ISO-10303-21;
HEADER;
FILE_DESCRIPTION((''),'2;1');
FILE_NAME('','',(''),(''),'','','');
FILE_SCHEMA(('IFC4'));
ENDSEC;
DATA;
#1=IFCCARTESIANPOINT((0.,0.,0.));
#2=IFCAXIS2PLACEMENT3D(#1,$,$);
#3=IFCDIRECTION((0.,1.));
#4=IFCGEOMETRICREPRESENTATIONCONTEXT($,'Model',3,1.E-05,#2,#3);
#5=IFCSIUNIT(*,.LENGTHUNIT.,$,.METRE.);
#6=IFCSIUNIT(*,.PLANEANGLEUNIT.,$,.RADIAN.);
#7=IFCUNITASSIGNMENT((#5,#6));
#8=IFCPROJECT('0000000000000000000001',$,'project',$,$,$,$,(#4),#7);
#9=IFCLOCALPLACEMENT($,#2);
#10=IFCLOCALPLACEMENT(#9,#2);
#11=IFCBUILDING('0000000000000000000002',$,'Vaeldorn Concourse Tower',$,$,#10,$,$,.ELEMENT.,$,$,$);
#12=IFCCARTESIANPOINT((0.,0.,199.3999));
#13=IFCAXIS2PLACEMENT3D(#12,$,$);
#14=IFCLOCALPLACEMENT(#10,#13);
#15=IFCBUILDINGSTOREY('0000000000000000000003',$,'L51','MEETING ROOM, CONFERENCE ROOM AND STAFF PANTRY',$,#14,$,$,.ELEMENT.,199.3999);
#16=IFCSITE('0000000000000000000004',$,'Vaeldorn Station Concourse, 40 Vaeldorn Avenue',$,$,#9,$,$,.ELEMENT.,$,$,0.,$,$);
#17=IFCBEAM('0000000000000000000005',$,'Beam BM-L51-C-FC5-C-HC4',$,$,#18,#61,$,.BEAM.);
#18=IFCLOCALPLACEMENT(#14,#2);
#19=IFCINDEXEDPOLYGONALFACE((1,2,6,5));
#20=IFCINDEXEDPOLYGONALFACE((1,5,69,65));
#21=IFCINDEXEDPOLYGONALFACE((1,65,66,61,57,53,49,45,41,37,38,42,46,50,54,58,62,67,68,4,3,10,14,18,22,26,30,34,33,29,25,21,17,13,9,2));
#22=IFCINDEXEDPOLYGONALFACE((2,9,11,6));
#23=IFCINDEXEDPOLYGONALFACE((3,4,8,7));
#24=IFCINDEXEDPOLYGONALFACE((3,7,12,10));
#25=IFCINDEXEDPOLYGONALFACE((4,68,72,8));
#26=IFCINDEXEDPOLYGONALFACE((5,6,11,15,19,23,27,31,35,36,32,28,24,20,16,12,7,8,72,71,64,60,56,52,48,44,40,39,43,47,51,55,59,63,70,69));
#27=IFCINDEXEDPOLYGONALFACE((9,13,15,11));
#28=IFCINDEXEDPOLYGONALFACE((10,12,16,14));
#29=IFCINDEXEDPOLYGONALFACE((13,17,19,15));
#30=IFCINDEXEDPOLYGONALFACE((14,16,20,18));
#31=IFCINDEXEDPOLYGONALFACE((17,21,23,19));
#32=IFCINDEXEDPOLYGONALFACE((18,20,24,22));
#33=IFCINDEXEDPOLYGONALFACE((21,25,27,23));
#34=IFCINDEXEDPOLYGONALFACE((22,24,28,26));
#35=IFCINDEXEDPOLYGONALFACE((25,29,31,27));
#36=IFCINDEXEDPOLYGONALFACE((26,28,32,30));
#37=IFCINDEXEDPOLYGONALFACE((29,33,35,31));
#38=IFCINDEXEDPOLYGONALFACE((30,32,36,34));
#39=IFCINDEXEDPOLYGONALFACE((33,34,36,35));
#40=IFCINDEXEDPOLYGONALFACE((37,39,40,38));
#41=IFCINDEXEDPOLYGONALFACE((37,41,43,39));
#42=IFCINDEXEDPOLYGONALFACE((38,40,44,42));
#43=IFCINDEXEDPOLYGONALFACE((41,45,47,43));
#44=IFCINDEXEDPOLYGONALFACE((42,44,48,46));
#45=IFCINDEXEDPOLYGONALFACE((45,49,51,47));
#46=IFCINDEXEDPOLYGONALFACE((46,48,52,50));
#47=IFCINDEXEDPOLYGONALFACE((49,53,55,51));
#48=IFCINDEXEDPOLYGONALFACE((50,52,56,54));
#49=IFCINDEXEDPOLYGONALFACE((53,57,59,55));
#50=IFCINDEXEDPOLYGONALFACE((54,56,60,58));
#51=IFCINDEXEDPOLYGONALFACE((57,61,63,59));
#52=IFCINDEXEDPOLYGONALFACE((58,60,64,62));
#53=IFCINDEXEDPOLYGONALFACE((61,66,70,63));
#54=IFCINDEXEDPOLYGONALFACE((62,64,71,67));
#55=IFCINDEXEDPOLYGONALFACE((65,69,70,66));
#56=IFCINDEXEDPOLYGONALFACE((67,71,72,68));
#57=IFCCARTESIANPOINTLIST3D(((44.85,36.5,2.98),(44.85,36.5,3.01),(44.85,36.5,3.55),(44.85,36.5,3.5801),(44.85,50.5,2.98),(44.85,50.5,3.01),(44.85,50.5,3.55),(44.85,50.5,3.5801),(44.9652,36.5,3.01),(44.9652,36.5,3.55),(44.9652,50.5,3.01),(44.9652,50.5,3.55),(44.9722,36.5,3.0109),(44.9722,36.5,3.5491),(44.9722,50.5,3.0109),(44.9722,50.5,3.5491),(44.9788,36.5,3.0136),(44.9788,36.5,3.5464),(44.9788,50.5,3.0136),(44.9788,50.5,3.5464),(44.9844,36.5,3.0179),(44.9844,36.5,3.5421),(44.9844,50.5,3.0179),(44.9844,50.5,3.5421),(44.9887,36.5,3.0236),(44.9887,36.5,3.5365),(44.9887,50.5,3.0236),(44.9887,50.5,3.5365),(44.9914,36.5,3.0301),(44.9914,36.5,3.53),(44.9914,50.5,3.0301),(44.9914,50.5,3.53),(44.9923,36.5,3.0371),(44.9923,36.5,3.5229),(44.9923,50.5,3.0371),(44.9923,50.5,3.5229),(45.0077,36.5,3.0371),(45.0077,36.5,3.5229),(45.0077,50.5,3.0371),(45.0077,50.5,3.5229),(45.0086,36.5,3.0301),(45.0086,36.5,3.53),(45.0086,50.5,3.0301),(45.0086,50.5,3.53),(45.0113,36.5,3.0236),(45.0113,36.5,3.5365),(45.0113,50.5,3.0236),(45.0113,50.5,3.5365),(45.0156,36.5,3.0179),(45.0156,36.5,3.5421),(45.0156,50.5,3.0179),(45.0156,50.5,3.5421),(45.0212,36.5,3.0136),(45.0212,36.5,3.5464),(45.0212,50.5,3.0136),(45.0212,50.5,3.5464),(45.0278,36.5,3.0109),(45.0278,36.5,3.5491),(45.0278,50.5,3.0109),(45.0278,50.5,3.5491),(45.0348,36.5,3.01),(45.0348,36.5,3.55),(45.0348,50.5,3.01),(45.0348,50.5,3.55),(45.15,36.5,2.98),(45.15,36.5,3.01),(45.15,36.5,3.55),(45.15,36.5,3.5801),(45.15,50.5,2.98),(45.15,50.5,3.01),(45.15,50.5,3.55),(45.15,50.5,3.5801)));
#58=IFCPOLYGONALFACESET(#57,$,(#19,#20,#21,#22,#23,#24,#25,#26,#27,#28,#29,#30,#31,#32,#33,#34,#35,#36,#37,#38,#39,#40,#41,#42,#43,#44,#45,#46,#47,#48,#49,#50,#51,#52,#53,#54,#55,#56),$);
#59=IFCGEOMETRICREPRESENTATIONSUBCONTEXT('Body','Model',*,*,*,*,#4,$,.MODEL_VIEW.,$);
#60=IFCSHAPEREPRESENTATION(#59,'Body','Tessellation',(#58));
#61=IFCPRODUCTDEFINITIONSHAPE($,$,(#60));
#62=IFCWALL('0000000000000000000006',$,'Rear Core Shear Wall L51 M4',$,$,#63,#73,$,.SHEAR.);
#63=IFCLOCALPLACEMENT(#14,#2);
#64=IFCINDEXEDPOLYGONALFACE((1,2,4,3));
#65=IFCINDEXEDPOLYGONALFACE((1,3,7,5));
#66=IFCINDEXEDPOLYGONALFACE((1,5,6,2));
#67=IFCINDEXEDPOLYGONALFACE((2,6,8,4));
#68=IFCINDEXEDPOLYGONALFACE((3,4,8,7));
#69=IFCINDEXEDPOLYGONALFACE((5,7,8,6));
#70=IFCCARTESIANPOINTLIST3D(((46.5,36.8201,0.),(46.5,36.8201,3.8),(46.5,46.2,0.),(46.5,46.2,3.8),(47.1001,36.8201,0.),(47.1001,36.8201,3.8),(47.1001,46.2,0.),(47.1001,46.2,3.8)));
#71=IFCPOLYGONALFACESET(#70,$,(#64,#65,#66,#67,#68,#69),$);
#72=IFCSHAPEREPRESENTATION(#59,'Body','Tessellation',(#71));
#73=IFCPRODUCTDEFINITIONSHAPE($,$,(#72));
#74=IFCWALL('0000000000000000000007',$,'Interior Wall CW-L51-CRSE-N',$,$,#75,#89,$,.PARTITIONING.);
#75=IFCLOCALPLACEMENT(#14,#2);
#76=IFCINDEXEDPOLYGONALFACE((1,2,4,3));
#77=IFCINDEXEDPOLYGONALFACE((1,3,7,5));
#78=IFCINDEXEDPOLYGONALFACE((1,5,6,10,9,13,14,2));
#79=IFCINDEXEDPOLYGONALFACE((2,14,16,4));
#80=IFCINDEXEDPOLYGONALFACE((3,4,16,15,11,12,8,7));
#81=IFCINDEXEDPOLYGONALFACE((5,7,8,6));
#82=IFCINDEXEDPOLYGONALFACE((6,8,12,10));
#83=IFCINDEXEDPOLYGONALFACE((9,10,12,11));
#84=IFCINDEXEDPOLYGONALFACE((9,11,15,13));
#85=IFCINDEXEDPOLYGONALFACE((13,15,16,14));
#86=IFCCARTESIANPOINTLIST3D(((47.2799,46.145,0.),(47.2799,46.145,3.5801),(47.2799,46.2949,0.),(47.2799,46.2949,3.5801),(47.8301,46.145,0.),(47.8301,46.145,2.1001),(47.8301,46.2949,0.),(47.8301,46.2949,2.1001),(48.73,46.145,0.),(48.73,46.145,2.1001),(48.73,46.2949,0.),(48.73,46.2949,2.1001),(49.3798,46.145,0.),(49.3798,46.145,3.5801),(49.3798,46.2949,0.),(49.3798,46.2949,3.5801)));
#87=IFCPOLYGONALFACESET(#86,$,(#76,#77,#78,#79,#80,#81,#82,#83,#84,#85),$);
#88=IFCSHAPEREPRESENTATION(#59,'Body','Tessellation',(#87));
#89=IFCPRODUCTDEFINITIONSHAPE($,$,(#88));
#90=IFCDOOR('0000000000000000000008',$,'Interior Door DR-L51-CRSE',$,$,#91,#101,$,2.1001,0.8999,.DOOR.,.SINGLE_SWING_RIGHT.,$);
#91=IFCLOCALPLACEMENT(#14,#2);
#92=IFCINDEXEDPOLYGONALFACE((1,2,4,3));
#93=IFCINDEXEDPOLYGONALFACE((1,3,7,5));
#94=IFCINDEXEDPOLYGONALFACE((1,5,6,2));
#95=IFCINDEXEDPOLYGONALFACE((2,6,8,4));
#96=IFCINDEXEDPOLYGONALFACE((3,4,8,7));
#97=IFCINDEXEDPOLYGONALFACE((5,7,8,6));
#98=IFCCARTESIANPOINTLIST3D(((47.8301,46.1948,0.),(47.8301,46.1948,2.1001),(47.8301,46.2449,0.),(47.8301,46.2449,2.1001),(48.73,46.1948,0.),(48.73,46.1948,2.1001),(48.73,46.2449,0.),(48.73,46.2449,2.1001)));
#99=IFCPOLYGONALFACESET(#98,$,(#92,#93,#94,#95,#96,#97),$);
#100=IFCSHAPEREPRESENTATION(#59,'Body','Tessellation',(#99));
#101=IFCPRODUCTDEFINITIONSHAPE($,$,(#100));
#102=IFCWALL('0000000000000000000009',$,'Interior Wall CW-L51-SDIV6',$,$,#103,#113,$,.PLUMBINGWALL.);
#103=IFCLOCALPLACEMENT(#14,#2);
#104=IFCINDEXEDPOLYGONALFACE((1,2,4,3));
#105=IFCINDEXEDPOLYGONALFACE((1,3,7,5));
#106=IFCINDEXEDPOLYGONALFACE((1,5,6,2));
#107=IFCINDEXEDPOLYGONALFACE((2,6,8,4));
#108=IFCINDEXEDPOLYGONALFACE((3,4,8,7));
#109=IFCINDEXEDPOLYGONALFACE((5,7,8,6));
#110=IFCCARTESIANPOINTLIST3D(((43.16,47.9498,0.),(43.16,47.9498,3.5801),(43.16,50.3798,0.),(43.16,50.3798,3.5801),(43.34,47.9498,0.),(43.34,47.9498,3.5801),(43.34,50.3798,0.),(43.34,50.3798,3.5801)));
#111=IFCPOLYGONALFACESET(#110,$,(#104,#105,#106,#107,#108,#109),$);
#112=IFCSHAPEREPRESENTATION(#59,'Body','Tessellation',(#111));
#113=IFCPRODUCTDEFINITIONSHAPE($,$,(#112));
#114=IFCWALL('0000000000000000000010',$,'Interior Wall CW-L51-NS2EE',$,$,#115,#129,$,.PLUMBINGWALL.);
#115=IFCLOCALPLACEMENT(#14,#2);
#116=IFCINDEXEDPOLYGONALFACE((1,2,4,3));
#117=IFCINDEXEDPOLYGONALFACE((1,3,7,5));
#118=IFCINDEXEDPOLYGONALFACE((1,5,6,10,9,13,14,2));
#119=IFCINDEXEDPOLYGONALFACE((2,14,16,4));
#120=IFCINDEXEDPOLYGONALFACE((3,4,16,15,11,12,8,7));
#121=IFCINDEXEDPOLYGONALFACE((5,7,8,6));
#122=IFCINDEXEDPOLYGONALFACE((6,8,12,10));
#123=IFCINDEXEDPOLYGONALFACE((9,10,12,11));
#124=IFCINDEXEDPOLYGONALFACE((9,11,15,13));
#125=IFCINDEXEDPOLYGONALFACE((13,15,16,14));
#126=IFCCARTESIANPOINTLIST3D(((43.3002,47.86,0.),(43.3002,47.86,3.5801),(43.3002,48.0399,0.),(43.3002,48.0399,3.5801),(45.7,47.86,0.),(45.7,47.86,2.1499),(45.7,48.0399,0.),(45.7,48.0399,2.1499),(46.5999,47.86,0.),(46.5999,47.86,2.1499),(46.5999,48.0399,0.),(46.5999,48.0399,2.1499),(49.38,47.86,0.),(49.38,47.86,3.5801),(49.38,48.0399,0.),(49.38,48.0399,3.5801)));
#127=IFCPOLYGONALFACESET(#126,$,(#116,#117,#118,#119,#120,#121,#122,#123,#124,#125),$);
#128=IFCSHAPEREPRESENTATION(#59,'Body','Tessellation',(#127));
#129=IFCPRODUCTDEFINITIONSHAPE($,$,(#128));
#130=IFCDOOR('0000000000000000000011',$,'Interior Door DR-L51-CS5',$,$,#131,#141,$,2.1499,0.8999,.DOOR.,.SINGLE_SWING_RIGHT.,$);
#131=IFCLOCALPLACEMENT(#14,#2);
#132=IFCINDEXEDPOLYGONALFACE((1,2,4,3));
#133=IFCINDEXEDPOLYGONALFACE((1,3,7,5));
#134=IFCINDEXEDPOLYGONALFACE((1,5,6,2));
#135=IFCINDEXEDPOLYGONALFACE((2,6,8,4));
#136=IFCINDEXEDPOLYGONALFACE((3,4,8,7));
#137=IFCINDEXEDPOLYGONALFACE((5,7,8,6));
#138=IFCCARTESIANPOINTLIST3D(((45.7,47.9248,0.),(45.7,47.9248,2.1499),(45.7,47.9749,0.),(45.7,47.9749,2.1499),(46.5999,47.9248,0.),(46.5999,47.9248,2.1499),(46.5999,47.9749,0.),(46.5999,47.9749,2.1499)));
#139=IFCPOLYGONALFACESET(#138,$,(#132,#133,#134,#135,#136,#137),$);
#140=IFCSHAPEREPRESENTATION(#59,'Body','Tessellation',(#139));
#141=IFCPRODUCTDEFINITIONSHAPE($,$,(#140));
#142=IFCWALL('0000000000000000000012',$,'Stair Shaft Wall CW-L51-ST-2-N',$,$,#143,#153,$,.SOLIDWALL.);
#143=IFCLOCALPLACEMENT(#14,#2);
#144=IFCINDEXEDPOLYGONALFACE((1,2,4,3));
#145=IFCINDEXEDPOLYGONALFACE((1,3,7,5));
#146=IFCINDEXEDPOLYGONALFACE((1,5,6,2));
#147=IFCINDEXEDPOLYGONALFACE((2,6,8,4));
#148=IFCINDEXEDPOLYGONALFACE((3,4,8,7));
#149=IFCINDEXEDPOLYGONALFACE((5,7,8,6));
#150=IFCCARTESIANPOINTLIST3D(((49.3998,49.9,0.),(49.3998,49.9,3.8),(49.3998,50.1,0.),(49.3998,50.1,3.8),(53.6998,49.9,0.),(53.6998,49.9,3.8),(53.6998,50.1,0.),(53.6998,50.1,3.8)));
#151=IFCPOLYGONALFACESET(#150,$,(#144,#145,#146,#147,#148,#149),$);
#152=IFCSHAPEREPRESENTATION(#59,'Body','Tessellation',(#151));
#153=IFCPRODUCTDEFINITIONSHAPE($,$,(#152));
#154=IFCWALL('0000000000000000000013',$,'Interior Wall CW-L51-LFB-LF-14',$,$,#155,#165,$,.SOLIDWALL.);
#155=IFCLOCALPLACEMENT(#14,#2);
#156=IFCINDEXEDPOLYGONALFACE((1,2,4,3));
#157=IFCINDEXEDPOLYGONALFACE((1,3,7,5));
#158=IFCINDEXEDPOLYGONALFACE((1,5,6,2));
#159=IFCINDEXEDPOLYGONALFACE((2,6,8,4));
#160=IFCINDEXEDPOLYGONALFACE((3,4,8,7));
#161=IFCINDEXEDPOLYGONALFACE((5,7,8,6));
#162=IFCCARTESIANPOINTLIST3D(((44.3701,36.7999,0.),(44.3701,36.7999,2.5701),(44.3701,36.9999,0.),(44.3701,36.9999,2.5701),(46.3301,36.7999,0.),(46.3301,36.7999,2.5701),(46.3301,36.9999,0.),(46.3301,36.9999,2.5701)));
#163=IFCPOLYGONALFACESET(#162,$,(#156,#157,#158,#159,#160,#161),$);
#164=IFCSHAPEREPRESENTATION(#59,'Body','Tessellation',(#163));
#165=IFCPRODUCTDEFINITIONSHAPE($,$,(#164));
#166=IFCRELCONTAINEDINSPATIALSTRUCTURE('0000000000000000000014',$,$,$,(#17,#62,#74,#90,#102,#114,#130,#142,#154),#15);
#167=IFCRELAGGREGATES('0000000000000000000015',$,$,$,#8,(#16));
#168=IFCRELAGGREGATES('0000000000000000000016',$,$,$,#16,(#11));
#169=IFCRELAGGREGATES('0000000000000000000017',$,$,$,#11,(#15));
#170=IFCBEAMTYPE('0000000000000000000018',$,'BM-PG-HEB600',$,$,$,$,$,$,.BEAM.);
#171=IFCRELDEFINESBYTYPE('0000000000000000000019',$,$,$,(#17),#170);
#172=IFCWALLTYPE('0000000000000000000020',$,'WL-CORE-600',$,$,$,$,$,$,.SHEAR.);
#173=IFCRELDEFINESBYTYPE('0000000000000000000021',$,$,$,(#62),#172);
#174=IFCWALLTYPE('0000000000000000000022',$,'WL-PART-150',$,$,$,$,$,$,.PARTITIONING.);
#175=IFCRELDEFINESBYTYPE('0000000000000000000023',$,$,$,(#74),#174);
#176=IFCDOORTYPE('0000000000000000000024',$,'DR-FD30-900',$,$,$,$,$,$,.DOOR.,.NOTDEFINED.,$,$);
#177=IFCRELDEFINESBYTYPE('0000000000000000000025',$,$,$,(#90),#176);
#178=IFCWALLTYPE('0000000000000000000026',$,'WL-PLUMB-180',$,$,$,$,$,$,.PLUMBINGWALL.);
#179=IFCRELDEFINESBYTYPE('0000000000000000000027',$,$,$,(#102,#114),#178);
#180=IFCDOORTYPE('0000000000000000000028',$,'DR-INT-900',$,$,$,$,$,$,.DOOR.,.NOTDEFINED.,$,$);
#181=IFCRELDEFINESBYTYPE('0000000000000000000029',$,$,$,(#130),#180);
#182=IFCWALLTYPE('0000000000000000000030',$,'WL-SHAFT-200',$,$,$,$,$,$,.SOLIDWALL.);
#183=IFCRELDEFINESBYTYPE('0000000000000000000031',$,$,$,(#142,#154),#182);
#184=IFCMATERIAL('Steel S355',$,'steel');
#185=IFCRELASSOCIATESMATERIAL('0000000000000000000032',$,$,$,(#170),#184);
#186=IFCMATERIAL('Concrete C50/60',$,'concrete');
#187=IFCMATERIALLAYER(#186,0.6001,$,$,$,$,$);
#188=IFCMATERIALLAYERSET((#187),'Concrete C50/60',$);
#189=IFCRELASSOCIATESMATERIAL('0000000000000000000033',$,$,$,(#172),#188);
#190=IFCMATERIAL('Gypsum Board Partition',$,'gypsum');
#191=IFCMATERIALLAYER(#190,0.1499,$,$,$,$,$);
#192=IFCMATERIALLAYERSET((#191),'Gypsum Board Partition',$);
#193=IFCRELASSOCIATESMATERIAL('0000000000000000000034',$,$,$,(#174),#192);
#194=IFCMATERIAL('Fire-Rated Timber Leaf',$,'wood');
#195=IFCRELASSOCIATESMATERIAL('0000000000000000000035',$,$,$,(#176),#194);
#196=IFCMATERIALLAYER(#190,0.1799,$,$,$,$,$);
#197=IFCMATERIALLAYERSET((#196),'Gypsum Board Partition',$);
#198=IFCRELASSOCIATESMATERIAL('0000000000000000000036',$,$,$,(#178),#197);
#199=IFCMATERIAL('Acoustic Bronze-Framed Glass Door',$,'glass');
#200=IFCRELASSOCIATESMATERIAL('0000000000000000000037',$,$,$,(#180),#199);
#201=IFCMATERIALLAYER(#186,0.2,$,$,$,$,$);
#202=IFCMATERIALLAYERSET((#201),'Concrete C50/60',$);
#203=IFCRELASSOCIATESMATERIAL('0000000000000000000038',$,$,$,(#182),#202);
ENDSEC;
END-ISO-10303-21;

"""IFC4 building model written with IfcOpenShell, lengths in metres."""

from ifc_helpers import new_model, si_unit, direction, frame, frame_2d, origin, origin_2d, place, context, subcontext, project, spatial, rectangle, i_section, extrude, source, transform, mapped, material, layer, layer_set, material_profile, profile_set, type_object, element, fill, save


model = new_model("IFC4")

# Units and contexts
model_context = context("Model", 3, precision=1e-05, world=origin(), true_north=direction((0.0, 1.0)))
body_context = subcontext(model_context, "Body", "Model", "MODEL_VIEW")
ifc_project = project(units=[si_unit("LENGTHUNIT", "METRE"), si_unit("PLANEANGLEUNIT", "RADIAN")], contexts=[model_context])

# Site, building, storey
site_placement = place(None, origin())
site = spatial("IfcSite", under=ifc_project, at=site_placement, Name="Vaeldorn Station Concourse, 40 Vaeldorn Avenue", CompositionType="ELEMENT", RefElevation=0.0)
building_placement = place(site_placement, origin())
building = spatial("IfcBuilding", under=site, at=building_placement, Name="Vaeldorn Concourse Tower", CompositionType="ELEMENT")
storey_placement = place(building_placement, frame((0.0, 0.0, 199.3999)))
storey = spatial("IfcBuildingStorey", under=building, at=storey_placement, Name="L51", Description="MEETING ROOM, CONFERENCE ROOM AND STAFF PANTRY", CompositionType="ELEMENT", Elevation=199.3999)

# Beam
ifc_material_1 = material(Name="Concrete C50/60", Category="concrete")
ifc_material_2 = material(Name="Steel S355", Category="steel")
ifc_material_profile_1 = material_profile(ifc_material_2, i_section(OverallWidth=0.3, OverallDepth=0.6001, WebThickness=0.0154, FlangeThickness=0.03, FilletRadius=0.0271, at=origin_2d()), Name="HEB 600")
ifc_profile_set_1 = profile_set([ifc_material_profile_1], Name="Steel S355")
beam_type_1 = type_object("IfcBeamType", Name="BM-PG-HEB600", PredefinedType="BEAM", material=ifc_profile_set_1)
shared_shape_1 = source(origin(), body_context, "Body", "SweptSolid", [
    extrude(i_section(OverallWidth=0.3, OverallDepth=0.6001, WebThickness=0.0154, FlangeThickness=0.03, FilletRadius=0.0271, at=origin_2d()), origin(), (0.0, 0.0, 1.0), 14.0),
])
beam_1_placement = place(storey_placement, frame((45.0, 36.5, 3.28), z_axis=(0.0, 1.0, 0.0), x_axis=(-1.0, 0.0, 0.0)))
element("IfcBeam", 1, at=beam_1_placement, inside=storey, type_object=beam_type_1, Name="Beam BM-L51-C-FC5-C-HC4", PredefinedType="BEAM", context=body_context, shape_type="MappedRepresentation", body=[
    mapped(shared_shape_1, transform((0.0, 0.0, 0.0), scale=1.0)),
])

# Wall
ifc_layer_1 = layer(ifc_material_1, 0.6001)
ifc_layer_set_1 = layer_set([ifc_layer_1], Name="Concrete C50/60")
wall_type_1 = type_object("IfcWallType", Name="WL-CORE-600", PredefinedType="SHEAR", material=ifc_layer_set_1)
wall_1_placement = place(storey_placement, frame((46.8, 36.8201, 0.0), z_axis=(0.0, 0.0, 1.0), x_axis=(0.0, 1.0, 0.0)))
element("IfcWall", 2, at=wall_1_placement, inside=storey, type_object=wall_type_1, Name="Rear Core Shear Wall L51 M4", PredefinedType="SHEAR", context=body_context, shape_type="SweptSolid", body=[
    extrude(rectangle(XDim=9.3799, YDim=0.6001, at=frame_2d((4.6899, 0.0))), origin(), (0.0, 0.0, 1.0), 3.8),
])

# Wall, opening, door
ifc_material_3 = material(Name="Gypsum Board Partition", Category="gypsum")
ifc_layer_2 = layer(ifc_material_3, 0.1499)
ifc_layer_set_2 = layer_set([ifc_layer_2], Name="Gypsum Board Partition")
wall_type_2 = type_object("IfcWallType", Name="WL-PART-150", PredefinedType="PARTITIONING", material=ifc_layer_set_2)
wall_2_placement = place(storey_placement, frame((47.28, 46.22, 0.0), z_axis=(0.0, 0.0, 1.0), x_axis=(1.0, 0.0, 0.0)))
wall_2 = element("IfcWall", 3, at=wall_2_placement, inside=storey, type_object=wall_type_2, Name="Interior Wall CW-L51-CRSE-N", PredefinedType="PARTITIONING", context=body_context, shape_type="SweptSolid", body=[
    extrude(rectangle(XDim=2.0999, YDim=0.1499, at=frame_2d((1.0498, 0.0))), origin(), (0.0, 0.0, 1.0), 3.5801),
])
opening_1_placement = place(wall_2_placement, frame((0.55, 0.0, 0.0)))
opening_1 = element("IfcOpeningElement", 4, at=opening_1_placement, cuts=wall_2, PredefinedType="OPENING", context=body_context, shape_type="SweptSolid", body=[
    extrude(rectangle(XDim=0.8999, YDim=2.1001, at=frame_2d((0.45, 1.05))), frame((0.0, 0.085, 0.0), z_axis=(0.0, -1.0, 0.0), x_axis=(1.0, 0.0, 0.0)), (0.0, 0.0, 1.0), 0.1699),
])
ifc_material_4 = material(Name="Fire-Rated Timber Leaf", Category="wood")
door_type_1 = type_object("IfcDoorType", Name="DR-FD30-900", OperationType="NOTDEFINED", PredefinedType="DOOR", material=ifc_material_4)
shared_shape_2 = source(origin(), body_context, "Body", "SweptSolid", [
    extrude(rectangle(XDim=0.8999, YDim=2.1001, at=frame_2d((0.45, 1.05))), frame((0.0, 0.0249, 0.0), z_axis=(0.0, -1.0, 0.0), x_axis=(1.0, 0.0, 0.0)), (0.0, 0.0, 1.0), 0.05),
])
door_1_placement = place(opening_1_placement, origin())
door_1 = element("IfcDoor", 5, at=door_1_placement, inside=storey, type_object=door_type_1, Name="Interior Door DR-L51-CRSE", OperationType="SINGLE_SWING_RIGHT", OverallHeight=2.1001, OverallWidth=0.8999, PredefinedType="DOOR", context=body_context, shape_type="MappedRepresentation", body=[
    mapped(shared_shape_2, transform((0.0, 0.0, 0.0), scale=1.0)),
])
fill(opening_1, door_1)

# Wall
ifc_layer_3 = layer(ifc_material_3, 0.1799)
ifc_layer_set_3 = layer_set([ifc_layer_3], Name="Gypsum Board Partition")
wall_type_3 = type_object("IfcWallType", Name="WL-PLUMB-180", PredefinedType="PLUMBINGWALL", material=ifc_layer_set_3)
wall_3_placement = place(storey_placement, frame((43.25, 47.95, 0.0), z_axis=(0.0, 0.0, 1.0), x_axis=(0.0, 1.0, 0.0)))
element("IfcWall", 6, at=wall_3_placement, inside=storey, type_object=wall_type_3, Name="Interior Wall CW-L51-SDIV6", PredefinedType="PLUMBINGWALL", context=body_context, shape_type="SweptSolid", body=[
    extrude(rectangle(XDim=2.4299, YDim=0.1799, at=frame_2d((1.2148, 0.0))), origin(), (0.0, 0.0, 1.0), 3.5801),
])

# Wall, opening, door
wall_4_placement = place(storey_placement, frame((43.3, 47.95, 0.0), z_axis=(0.0, 0.0, 1.0), x_axis=(1.0, 0.0, 0.0)))
wall_4 = element("IfcWall", 7, at=wall_4_placement, inside=storey, type_object=wall_type_3, Name="Interior Wall CW-L51-NS2EE", PredefinedType="PLUMBINGWALL", context=body_context, shape_type="SweptSolid", body=[
    extrude(rectangle(XDim=6.0798, YDim=0.1799, at=frame_2d((3.04, 0.0))), origin(), (0.0, 0.0, 1.0), 3.5801),
])
opening_2_placement = place(wall_4_placement, frame((2.3999, 0.0, 0.0)))
opening_2 = element("IfcOpeningElement", 8, at=opening_2_placement, cuts=wall_4, PredefinedType="OPENING", context=body_context, shape_type="SweptSolid", body=[
    extrude(rectangle(XDim=0.8999, YDim=2.1499, at=frame_2d((0.45, 1.075))), frame((0.0, 0.1001, 0.0), z_axis=(0.0, -1.0, 0.0), x_axis=(1.0, 0.0, 0.0)), (0.0, 0.0, 1.0), 0.2),
])
ifc_material_5 = material(Name="Acoustic Bronze-Framed Glass Door", Category="glass")
door_type_2 = type_object("IfcDoorType", Name="DR-INT-900", OperationType="NOTDEFINED", PredefinedType="DOOR", material=ifc_material_5)
shared_shape_3 = source(origin(), body_context, "Body", "SweptSolid", [
    extrude(rectangle(XDim=0.8999, YDim=2.1499, at=frame_2d((0.45, 1.075))), frame((0.0, 0.0249, 0.0), z_axis=(0.0, -1.0, 0.0), x_axis=(1.0, 0.0, 0.0)), (0.0, 0.0, 1.0), 0.05),
])
door_2_placement = place(opening_2_placement, origin())
door_2 = element("IfcDoor", 9, at=door_2_placement, inside=storey, type_object=door_type_2, Name="Interior Door DR-L51-CS5", OperationType="SINGLE_SWING_RIGHT", OverallHeight=2.1499, OverallWidth=0.8999, PredefinedType="DOOR", context=body_context, shape_type="MappedRepresentation", body=[
    mapped(shared_shape_3, transform((0.0, 0.0, 0.0), scale=1.0)),
])
fill(opening_2, door_2)
ifc_layer_4 = layer(ifc_material_1, 0.2)
ifc_layer_set_4 = layer_set([ifc_layer_4], Name="Concrete C50/60")
wall_type_4 = type_object("IfcWallType", Name="WL-SHAFT-200", PredefinedType="SOLIDWALL", material=ifc_layer_set_4)

# Wall
wall_5_placement = place(storey_placement, frame((49.3999, 50.0, 0.0), z_axis=(0.0, 0.0, 1.0), x_axis=(1.0, 0.0, 0.0)))
element("IfcWall", 10, at=wall_5_placement, inside=storey, type_object=wall_type_4, Name="Stair Shaft Wall CW-L51-ST-2-N", PredefinedType="SOLIDWALL", context=body_context, shape_type="SweptSolid", body=[
    extrude(rectangle(XDim=4.3, YDim=0.2, at=frame_2d((2.1499, 0.0))), origin(), (0.0, 0.0, 1.0), 3.8),
])

# Wall
wall_6_placement = place(storey_placement, frame((44.3701, 36.8999, 0.0), z_axis=(0.0, 0.0, 1.0), x_axis=(1.0, 0.0, 0.0)))
element("IfcWall", 11, at=wall_6_placement, inside=storey, type_object=wall_type_4, Name="Interior Wall CW-L51-LFB-LF-14", PredefinedType="SOLIDWALL", context=body_context, shape_type="SweptSolid", body=[
    extrude(rectangle(XDim=1.96, YDim=0.2, at=frame_2d((0.98, 0.0))), origin(), (0.0, 0.0, 1.0), 2.5701),
])

save(model, "model.ifc")
